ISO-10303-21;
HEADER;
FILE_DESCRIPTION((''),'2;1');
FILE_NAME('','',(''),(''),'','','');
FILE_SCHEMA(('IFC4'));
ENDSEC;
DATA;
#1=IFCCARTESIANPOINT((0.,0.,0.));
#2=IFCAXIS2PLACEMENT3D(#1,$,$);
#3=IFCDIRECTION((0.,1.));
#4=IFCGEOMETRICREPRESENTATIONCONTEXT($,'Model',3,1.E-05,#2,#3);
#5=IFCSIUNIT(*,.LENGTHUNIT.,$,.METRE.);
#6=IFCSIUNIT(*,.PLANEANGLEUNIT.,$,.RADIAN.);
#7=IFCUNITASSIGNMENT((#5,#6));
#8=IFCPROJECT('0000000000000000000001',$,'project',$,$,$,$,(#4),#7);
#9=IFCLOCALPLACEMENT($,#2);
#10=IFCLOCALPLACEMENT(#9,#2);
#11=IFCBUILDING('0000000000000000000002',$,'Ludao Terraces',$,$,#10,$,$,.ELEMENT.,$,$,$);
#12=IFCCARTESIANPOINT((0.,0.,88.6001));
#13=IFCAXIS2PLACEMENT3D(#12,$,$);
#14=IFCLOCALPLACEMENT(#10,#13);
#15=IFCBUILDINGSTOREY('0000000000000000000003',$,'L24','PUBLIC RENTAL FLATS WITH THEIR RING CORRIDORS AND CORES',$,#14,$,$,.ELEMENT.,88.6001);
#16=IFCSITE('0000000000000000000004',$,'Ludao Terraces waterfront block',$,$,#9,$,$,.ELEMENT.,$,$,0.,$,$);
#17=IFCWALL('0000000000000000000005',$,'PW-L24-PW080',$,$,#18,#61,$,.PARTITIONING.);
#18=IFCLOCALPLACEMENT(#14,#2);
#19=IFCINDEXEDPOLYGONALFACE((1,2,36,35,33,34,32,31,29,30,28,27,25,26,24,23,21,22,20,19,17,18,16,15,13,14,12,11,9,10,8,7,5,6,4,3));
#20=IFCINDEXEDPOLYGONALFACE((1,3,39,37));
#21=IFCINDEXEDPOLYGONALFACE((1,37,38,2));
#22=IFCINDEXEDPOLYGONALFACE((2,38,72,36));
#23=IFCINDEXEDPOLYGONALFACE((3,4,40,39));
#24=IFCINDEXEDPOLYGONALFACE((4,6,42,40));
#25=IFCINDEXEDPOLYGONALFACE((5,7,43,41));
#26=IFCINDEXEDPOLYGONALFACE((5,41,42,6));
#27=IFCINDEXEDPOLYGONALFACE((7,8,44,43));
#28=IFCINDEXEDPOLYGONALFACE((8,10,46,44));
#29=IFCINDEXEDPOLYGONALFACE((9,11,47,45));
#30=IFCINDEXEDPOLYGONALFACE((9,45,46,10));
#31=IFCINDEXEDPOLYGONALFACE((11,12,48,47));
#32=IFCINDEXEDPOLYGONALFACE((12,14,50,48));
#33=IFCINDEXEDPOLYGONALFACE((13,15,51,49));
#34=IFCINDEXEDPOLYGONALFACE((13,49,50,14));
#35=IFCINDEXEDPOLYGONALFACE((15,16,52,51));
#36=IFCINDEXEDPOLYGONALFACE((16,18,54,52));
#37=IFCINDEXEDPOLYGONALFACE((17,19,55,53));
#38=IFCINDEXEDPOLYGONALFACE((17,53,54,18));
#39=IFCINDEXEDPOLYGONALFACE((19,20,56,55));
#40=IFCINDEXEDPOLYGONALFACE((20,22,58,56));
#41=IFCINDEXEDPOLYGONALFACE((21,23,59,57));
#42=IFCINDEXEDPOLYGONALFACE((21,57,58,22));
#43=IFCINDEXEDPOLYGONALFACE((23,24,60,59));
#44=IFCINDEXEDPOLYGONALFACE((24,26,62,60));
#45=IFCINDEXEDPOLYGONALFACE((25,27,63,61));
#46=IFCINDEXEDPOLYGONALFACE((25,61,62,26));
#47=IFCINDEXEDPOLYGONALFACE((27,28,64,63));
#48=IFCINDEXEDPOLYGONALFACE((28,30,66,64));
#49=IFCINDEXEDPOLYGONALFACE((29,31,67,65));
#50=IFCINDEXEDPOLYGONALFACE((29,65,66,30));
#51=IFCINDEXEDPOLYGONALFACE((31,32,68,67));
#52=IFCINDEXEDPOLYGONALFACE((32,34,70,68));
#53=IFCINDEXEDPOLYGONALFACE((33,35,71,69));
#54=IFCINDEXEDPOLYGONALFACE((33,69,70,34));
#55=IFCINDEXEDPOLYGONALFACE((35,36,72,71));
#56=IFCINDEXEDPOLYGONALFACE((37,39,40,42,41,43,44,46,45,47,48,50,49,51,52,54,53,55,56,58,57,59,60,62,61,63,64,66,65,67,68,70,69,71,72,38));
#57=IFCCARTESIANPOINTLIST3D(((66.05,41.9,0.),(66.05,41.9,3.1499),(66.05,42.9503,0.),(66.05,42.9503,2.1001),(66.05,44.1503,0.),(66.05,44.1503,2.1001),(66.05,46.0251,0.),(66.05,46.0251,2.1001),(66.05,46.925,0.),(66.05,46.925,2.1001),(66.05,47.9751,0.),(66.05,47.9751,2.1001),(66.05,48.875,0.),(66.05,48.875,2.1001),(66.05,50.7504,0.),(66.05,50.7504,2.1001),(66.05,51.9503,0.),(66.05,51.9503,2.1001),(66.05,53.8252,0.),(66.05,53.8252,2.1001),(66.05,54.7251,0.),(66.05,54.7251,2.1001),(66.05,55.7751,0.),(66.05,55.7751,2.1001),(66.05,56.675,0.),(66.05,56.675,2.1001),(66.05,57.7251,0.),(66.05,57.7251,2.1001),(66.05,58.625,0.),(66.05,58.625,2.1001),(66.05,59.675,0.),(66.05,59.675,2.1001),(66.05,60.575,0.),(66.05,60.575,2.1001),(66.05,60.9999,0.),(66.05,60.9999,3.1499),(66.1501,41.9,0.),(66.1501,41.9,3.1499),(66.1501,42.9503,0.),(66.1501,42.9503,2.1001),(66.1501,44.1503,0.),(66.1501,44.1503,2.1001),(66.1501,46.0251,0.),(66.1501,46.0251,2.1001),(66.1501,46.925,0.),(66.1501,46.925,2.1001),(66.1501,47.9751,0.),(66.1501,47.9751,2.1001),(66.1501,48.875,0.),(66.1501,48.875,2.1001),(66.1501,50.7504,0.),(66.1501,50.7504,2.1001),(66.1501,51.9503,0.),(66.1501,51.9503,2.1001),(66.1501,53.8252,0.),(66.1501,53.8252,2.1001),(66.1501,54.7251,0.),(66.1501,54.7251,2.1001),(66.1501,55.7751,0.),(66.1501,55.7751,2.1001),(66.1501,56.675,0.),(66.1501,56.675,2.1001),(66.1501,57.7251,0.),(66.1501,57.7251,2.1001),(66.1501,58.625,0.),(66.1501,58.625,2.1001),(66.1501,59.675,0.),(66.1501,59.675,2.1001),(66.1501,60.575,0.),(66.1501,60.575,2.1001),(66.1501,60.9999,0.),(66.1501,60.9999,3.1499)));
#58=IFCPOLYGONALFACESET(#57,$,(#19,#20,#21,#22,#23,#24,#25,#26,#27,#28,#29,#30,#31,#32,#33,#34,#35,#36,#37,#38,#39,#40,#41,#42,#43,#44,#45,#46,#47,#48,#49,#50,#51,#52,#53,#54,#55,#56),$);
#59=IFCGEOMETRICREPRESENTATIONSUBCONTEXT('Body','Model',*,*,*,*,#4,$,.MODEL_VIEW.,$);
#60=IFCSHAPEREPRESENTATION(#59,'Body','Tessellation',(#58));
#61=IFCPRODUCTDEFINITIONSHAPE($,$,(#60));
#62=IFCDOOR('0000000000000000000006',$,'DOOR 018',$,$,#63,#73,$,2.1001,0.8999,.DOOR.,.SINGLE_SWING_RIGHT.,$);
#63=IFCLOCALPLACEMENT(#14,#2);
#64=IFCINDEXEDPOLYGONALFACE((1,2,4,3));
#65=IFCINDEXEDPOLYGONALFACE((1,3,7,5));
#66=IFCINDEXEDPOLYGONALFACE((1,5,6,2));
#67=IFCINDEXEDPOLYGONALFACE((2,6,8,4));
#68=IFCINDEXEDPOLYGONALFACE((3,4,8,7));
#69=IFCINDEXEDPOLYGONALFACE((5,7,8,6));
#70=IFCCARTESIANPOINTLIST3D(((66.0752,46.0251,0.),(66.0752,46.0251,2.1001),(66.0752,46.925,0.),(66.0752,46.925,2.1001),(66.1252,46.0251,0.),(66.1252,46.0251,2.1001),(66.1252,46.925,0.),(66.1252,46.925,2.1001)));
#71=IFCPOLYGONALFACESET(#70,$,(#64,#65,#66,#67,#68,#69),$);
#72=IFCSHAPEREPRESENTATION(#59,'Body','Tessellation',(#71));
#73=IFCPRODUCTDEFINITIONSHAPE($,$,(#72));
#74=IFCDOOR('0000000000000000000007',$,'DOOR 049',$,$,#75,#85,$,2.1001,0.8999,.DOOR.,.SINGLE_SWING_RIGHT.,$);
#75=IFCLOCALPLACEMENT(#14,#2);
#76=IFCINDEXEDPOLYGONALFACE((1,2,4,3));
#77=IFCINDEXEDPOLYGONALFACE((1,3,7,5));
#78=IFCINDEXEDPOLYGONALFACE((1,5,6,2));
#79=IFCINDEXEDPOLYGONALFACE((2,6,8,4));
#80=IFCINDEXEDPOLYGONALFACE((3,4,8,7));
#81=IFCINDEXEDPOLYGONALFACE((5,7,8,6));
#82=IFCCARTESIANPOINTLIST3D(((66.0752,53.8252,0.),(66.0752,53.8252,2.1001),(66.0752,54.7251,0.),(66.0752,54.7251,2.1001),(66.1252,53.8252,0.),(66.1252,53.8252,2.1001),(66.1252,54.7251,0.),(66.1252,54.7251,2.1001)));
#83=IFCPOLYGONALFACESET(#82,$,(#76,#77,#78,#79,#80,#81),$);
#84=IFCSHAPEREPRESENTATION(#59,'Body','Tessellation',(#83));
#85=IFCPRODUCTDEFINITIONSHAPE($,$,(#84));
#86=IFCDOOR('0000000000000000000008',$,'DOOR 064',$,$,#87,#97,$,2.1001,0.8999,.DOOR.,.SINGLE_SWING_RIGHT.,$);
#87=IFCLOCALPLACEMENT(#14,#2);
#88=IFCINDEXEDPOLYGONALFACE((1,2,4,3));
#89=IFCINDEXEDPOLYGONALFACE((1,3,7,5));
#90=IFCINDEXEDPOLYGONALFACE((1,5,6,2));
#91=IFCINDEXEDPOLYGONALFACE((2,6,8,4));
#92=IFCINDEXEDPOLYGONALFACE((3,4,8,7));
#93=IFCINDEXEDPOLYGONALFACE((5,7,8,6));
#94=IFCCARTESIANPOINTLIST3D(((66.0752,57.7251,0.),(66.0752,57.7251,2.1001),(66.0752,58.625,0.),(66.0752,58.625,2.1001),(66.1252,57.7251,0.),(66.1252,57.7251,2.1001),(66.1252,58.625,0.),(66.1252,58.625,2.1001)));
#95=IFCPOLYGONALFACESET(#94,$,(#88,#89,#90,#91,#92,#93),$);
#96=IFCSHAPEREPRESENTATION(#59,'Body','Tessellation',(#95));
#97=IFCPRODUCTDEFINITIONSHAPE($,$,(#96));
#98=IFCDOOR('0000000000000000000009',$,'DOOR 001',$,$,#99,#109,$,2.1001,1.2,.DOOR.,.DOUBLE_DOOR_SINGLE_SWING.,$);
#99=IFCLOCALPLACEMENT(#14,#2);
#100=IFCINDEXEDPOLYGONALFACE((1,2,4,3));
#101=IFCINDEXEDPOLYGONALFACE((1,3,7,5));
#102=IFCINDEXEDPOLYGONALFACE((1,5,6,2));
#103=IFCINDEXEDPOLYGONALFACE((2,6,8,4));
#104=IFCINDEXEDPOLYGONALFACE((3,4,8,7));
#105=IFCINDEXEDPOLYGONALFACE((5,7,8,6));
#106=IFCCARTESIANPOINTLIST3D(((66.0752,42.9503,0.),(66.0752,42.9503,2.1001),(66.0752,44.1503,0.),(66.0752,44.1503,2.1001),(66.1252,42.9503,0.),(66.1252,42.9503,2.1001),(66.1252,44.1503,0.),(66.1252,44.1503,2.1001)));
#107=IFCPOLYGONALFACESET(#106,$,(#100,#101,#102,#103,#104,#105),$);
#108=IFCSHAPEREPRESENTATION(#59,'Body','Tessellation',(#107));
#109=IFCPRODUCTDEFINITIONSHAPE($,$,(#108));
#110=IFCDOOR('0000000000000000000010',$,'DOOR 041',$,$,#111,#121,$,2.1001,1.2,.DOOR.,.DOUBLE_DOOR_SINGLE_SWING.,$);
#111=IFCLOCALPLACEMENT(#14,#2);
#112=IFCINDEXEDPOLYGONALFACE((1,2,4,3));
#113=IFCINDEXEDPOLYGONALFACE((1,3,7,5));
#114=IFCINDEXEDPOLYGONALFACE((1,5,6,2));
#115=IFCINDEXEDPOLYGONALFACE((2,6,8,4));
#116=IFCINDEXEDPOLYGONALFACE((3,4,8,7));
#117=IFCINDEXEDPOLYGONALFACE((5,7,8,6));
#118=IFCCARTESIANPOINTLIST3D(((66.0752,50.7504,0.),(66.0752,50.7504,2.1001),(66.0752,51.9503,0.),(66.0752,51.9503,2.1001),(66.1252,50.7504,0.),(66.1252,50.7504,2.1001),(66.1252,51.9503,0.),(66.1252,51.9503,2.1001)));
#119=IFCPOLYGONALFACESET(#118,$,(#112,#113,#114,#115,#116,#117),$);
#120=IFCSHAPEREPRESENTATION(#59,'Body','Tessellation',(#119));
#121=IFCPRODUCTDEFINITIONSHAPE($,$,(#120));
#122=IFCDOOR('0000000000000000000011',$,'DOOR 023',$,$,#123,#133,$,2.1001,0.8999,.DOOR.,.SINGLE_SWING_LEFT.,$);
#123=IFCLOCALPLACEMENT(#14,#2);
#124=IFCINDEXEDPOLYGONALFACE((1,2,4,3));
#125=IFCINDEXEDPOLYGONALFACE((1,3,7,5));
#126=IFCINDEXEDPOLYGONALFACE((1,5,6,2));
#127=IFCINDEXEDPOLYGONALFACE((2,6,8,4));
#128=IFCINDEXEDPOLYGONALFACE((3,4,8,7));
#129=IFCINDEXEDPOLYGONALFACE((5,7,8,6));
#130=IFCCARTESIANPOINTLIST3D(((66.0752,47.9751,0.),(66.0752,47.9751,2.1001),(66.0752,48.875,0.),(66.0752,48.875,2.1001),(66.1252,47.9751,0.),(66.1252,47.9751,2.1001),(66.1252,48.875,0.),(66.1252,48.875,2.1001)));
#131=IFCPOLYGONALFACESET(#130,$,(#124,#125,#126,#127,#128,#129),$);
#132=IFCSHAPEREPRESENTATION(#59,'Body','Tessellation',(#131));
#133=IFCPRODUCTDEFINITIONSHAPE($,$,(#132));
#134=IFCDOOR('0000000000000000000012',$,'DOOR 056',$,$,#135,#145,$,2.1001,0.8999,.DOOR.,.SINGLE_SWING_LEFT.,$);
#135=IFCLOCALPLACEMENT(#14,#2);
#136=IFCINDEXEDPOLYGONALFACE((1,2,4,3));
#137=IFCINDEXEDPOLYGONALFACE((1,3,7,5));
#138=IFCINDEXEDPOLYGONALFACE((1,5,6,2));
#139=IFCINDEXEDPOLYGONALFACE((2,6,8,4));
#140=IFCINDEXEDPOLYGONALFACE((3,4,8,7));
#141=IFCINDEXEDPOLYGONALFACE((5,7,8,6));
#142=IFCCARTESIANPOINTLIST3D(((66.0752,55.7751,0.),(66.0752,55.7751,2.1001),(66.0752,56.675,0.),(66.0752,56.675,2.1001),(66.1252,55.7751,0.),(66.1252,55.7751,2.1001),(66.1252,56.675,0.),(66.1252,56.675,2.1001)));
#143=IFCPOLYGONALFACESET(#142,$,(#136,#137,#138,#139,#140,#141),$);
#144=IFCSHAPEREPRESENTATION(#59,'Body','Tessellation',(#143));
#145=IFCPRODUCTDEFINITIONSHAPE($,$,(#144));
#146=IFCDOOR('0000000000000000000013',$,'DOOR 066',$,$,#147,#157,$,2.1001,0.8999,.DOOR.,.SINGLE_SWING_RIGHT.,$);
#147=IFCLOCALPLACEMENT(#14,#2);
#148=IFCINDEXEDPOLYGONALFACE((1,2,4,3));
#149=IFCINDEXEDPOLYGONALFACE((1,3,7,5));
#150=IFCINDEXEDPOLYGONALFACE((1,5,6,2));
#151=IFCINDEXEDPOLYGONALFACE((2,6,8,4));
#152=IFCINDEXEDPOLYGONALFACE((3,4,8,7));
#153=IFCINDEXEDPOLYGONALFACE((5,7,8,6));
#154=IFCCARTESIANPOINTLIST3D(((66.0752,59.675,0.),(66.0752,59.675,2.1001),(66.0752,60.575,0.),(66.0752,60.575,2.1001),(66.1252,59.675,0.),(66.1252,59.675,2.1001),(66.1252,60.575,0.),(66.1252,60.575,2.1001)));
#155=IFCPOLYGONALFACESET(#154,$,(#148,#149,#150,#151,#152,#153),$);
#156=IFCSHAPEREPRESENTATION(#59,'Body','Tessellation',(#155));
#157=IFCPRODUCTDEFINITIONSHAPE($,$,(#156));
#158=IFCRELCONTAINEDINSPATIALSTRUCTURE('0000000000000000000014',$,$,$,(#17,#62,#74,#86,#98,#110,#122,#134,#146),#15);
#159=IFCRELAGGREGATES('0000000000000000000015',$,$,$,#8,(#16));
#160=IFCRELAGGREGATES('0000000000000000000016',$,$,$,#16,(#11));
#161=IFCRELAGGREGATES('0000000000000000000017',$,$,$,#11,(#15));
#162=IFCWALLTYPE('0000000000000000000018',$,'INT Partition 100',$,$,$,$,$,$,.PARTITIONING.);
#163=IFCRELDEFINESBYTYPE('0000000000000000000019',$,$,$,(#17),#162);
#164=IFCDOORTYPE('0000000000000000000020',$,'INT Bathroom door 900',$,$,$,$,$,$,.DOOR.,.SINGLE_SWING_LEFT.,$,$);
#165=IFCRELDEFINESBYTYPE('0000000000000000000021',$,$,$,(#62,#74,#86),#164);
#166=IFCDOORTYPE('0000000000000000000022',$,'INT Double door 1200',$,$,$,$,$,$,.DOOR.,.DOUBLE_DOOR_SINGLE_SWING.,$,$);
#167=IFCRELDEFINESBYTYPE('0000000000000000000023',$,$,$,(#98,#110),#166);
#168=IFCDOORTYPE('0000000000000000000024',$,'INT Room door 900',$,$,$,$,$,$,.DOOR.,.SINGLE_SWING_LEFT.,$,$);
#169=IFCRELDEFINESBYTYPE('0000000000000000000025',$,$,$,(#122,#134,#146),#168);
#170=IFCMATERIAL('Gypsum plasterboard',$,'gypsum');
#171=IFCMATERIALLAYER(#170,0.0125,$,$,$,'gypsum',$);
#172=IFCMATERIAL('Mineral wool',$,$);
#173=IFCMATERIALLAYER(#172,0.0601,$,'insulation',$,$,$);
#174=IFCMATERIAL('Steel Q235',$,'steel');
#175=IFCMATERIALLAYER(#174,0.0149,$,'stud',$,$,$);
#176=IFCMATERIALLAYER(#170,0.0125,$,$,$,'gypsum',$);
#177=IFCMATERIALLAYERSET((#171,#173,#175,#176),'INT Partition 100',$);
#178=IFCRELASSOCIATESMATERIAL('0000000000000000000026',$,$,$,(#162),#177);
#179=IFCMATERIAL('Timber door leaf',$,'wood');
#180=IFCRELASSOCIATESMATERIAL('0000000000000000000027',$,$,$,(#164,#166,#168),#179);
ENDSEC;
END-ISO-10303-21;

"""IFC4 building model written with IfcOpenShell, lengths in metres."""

from ifc_helpers import new_model, si_unit, direction, frame, frame_2d, origin, place, context, subcontext, project, spatial, rectangle, extrude, material, layer, layer_set, type_object, element, fill, save


model = new_model("IFC4")

# Units and contexts
model_context = context("Model", 3, precision=1e-05, world=origin(), true_north=direction((0.0, 1.0)))
body_context = subcontext(model_context, "Body", "Model", "MODEL_VIEW")
ifc_project = project(units=[si_unit("LENGTHUNIT", "METRE"), si_unit("PLANEANGLEUNIT", "RADIAN")], contexts=[model_context])

# Site, building, storey
site_placement = place(None, origin())
site = spatial("IfcSite", under=ifc_project, at=site_placement, Name="Ludao Terraces waterfront block", CompositionType="ELEMENT", RefElevation=0.0)
building_placement = place(site_placement, origin())
building = spatial("IfcBuilding", under=site, at=building_placement, Name="Ludao Terraces", CompositionType="ELEMENT")
storey_placement = place(building_placement, frame((0.0, 0.0, 88.6001)))
storey = spatial("IfcBuildingStorey", under=building, at=storey_placement, Name="L24", Description="PUBLIC RENTAL FLATS WITH THEIR RING CORRIDORS AND CORES", CompositionType="ELEMENT", Elevation=88.6001)

# Shared definitions
ifc_material_1 = material(Name="Mineral wool")

# Wall, openings, doors
ifc_material_2 = material(Name="Gypsum plasterboard", Category="gypsum")
ifc_layer_1 = layer(ifc_material_2, 0.0125, Category="gypsum")
ifc_layer_2 = layer(ifc_material_1, 0.0601, Name="insulation")
ifc_material_3 = material(Name="Steel Q235", Category="steel")
ifc_layer_3 = layer(ifc_material_3, 0.0149, Name="stud")
ifc_layer_4 = layer(ifc_material_2, 0.0125, Category="gypsum")
ifc_layer_set_1 = layer_set([ifc_layer_1, ifc_layer_2, ifc_layer_3, ifc_layer_4], Name="INT Partition 100")
wall_type_1 = type_object("IfcWallType", Name="INT Partition 100", PredefinedType="PARTITIONING", material=ifc_layer_set_1)
wall_1_placement = place(storey_placement, frame((66.1001, 41.9001, 0.0), z_axis=(0.0, 0.0, 1.0), x_axis=(0.0, 1.0, 0.0)))
wall_1 = element("IfcWall", 1, at=wall_1_placement, inside=storey, type_object=wall_type_1, Name="PW-L24-PW080", PredefinedType="PARTITIONING", context=body_context, shape_type="SweptSolid", body=[
    extrude(rectangle(XDim=19.0999, YDim=0.1001, at=frame_2d((9.5498, 0.0))), origin(), (0.0, 0.0, 1.0), 3.1499),
])
opening_1_placement = place(wall_1_placement, frame((1.05, 0.0, 0.0)))
opening_1 = element("IfcOpeningElement", 2, at=opening_1_placement, cuts=wall_1, PredefinedType="OPENING", context=body_context, shape_type="SweptSolid", body=[
    extrude(rectangle(XDim=1.2, YDim=2.1001, at=frame_2d((0.6001, 1.05))), frame((0.0, 0.0601, 0.0), z_axis=(0.0, -1.0, 0.0), x_axis=(1.0, 0.0, 0.0)), (0.0, 0.0, 1.0), 0.1201),
])
opening_2_placement = place(wall_1_placement, frame((4.125, 0.0, 0.0)))
opening_2 = element("IfcOpeningElement", 3, at=opening_2_placement, cuts=wall_1, PredefinedType="OPENING", context=body_context, shape_type="SweptSolid", body=[
    extrude(rectangle(XDim=0.8999, YDim=2.1001, at=frame_2d((0.45, 1.05))), frame((0.0, 0.0601, 0.0), z_axis=(0.0, -1.0, 0.0), x_axis=(1.0, 0.0, 0.0)), (0.0, 0.0, 1.0), 0.1201),
])
opening_3_placement = place(wall_1_placement, frame((6.075, 0.0, 0.0)))
opening_3 = element("IfcOpeningElement", 4, at=opening_3_placement, cuts=wall_1, PredefinedType="OPENING", context=body_context, shape_type="SweptSolid", body=[
    extrude(rectangle(XDim=0.8999, YDim=2.1001, at=frame_2d((0.45, 1.05))), frame((0.0, 0.0601, 0.0), z_axis=(0.0, -1.0, 0.0), x_axis=(1.0, 0.0, 0.0)), (0.0, 0.0, 1.0), 0.1201),
])
opening_4_placement = place(wall_1_placement, frame((8.8501, 0.0, 0.0)))
opening_4 = element("IfcOpeningElement", 5, at=opening_4_placement, cuts=wall_1, PredefinedType="OPENING", context=body_context, shape_type="SweptSolid", body=[
    extrude(rectangle(XDim=1.2, YDim=2.1001, at=frame_2d((0.6001, 1.05))), frame((0.0, 0.0601, 0.0), z_axis=(0.0, -1.0, 0.0), x_axis=(1.0, 0.0, 0.0)), (0.0, 0.0, 1.0), 0.1201),
])
opening_5_placement = place(wall_1_placement, frame((11.925, 0.0, 0.0)))
opening_5 = element("IfcOpeningElement", 6, at=opening_5_placement, cuts=wall_1, PredefinedType="OPENING", context=body_context, shape_type="SweptSolid", body=[
    extrude(rectangle(XDim=0.8999, YDim=2.1001, at=frame_2d((0.45, 1.05))), frame((0.0, 0.0601, 0.0), z_axis=(0.0, -1.0, 0.0), x_axis=(1.0, 0.0, 0.0)), (0.0, 0.0, 1.0), 0.1201),
])
opening_6_placement = place(wall_1_placement, frame((13.875, 0.0, 0.0)))
opening_6 = element("IfcOpeningElement", 7, at=opening_6_placement, cuts=wall_1, PredefinedType="OPENING", context=body_context, shape_type="SweptSolid", body=[
    extrude(rectangle(XDim=0.8999, YDim=2.1001, at=frame_2d((0.45, 1.05))), frame((0.0, 0.0601, 0.0), z_axis=(0.0, -1.0, 0.0), x_axis=(1.0, 0.0, 0.0)), (0.0, 0.0, 1.0), 0.1201),
])
opening_7_placement = place(wall_1_placement, frame((15.825, 0.0, 0.0)))
opening_7 = element("IfcOpeningElement", 8, at=opening_7_placement, cuts=wall_1, PredefinedType="OPENING", context=body_context, shape_type="SweptSolid", body=[
    extrude(rectangle(XDim=0.8999, YDim=2.1001, at=frame_2d((0.45, 1.05))), frame((0.0, 0.0601, 0.0), z_axis=(0.0, -1.0, 0.0), x_axis=(1.0, 0.0, 0.0)), (0.0, 0.0, 1.0), 0.1201),
])
opening_8_placement = place(wall_1_placement, frame((17.7749, 0.0, 0.0)))
opening_8 = element("IfcOpeningElement", 9, at=opening_8_placement, cuts=wall_1, PredefinedType="OPENING", context=body_context, shape_type="SweptSolid", body=[
    extrude(rectangle(XDim=0.8999, YDim=2.1001, at=frame_2d((0.45, 1.05))), frame((0.0, 0.0601, 0.0), z_axis=(0.0, -1.0, 0.0), x_axis=(1.0, 0.0, 0.0)), (0.0, 0.0, 1.0), 0.1201),
])
ifc_material_4 = material(Name="Timber door leaf", Category="wood")
door_type_1 = type_object("IfcDoorType", Name="INT Bathroom door 900", OperationType="SINGLE_SWING_LEFT", PredefinedType="DOOR", material=ifc_material_4)
door_1_placement = place(opening_2_placement, origin())
door_1 = element("IfcDoor", 10, at=door_1_placement, inside=storey, type_object=door_type_1, Name="DOOR 018", OperationType="SINGLE_SWING_RIGHT", OverallHeight=2.1001, OverallWidth=0.8999, PredefinedType="DOOR", context=body_context, shape_type="SweptSolid", body=[
    extrude(rectangle(XDim=0.8999, YDim=2.1001, at=frame_2d((0.45, 1.05))), frame((0.0, 0.0249, 0.0), z_axis=(0.0, -1.0, 0.0), x_axis=(1.0, 0.0, 0.0)), (0.0, 0.0, 1.0), 0.05),
])
fill(opening_2, door_1)
door_2_placement = place(opening_5_placement, origin())
door_2 = element("IfcDoor", 11, at=door_2_placement, inside=storey, type_object=door_type_1, Name="DOOR 049", OperationType="SINGLE_SWING_RIGHT", OverallHeight=2.1001, OverallWidth=0.8999, PredefinedType="DOOR", context=body_context, shape_type="SweptSolid", body=[
    extrude(rectangle(XDim=0.8999, YDim=2.1001, at=frame_2d((0.45, 1.05))), frame((0.0, 0.0249, 0.0), z_axis=(0.0, -1.0, 0.0), x_axis=(1.0, 0.0, 0.0)), (0.0, 0.0, 1.0), 0.05),
])
fill(opening_5, door_2)
door_3_placement = place(opening_7_placement, origin())
door_3 = element("IfcDoor", 12, at=door_3_placement, inside=storey, type_object=door_type_1, Name="DOOR 064", OperationType="SINGLE_SWING_RIGHT", OverallHeight=2.1001, OverallWidth=0.8999, PredefinedType="DOOR", context=body_context, shape_type="SweptSolid", body=[
    extrude(rectangle(XDim=0.8999, YDim=2.1001, at=frame_2d((0.45, 1.05))), frame((0.0, 0.0249, 0.0), z_axis=(0.0, -1.0, 0.0), x_axis=(1.0, 0.0, 0.0)), (0.0, 0.0, 1.0), 0.05),
])
fill(opening_7, door_3)
door_type_2 = type_object("IfcDoorType", Name="INT Double door 1200", OperationType="DOUBLE_DOOR_SINGLE_SWING", PredefinedType="DOOR", material=ifc_material_4)
door_4_placement = place(opening_1_placement, origin())
door_4 = element("IfcDoor", 13, at=door_4_placement, inside=storey, type_object=door_type_2, Name="DOOR 001", OperationType="DOUBLE_DOOR_SINGLE_SWING", OverallHeight=2.1001, OverallWidth=1.2, PredefinedType="DOOR", context=body_context, shape_type="SweptSolid", body=[
    extrude(rectangle(XDim=1.2, YDim=2.1001, at=frame_2d((0.6001, 1.05))), frame((0.0, 0.0249, 0.0), z_axis=(0.0, -1.0, 0.0), x_axis=(1.0, 0.0, 0.0)), (0.0, 0.0, 1.0), 0.05),
])
fill(opening_1, door_4)
door_5_placement = place(opening_4_placement, origin())
door_5 = element("IfcDoor", 14, at=door_5_placement, inside=storey, type_object=door_type_2, Name="DOOR 041", OperationType="DOUBLE_DOOR_SINGLE_SWING", OverallHeight=2.1001, OverallWidth=1.2, PredefinedType="DOOR", context=body_context, shape_type="SweptSolid", body=[
    extrude(rectangle(XDim=1.2, YDim=2.1001, at=frame_2d((0.6001, 1.05))), frame((0.0, 0.0249, 0.0), z_axis=(0.0, -1.0, 0.0), x_axis=(1.0, 0.0, 0.0)), (0.0, 0.0, 1.0), 0.05),
])
fill(opening_4, door_5)
door_type_3 = type_object("IfcDoorType", Name="INT Room door 900", OperationType="SINGLE_SWING_LEFT", PredefinedType="DOOR", material=ifc_material_4)
door_6_placement = place(opening_3_placement, origin())
door_6 = element("IfcDoor", 15, at=door_6_placement, inside=storey, type_object=door_type_3, Name="DOOR 023", OperationType="SINGLE_SWING_LEFT", OverallHeight=2.1001, OverallWidth=0.8999, PredefinedType="DOOR", context=body_context, shape_type="SweptSolid", body=[
    extrude(rectangle(XDim=0.8999, YDim=2.1001, at=frame_2d((0.45, 1.05))), frame((0.0, 0.0249, 0.0), z_axis=(0.0, -1.0, 0.0), x_axis=(1.0, 0.0, 0.0)), (0.0, 0.0, 1.0), 0.05),
])
fill(opening_3, door_6)
door_7_placement = place(opening_6_placement, origin())
door_7 = element("IfcDoor", 16, at=door_7_placement, inside=storey, type_object=door_type_3, Name="DOOR 056", OperationType="SINGLE_SWING_LEFT", OverallHeight=2.1001, OverallWidth=0.8999, PredefinedType="DOOR", context=body_context, shape_type="SweptSolid", body=[
    extrude(rectangle(XDim=0.8999, YDim=2.1001, at=frame_2d((0.45, 1.05))), frame((0.0, 0.0249, 0.0), z_axis=(0.0, -1.0, 0.0), x_axis=(1.0, 0.0, 0.0)), (0.0, 0.0, 1.0), 0.05),
])
fill(opening_6, door_7)
door_8_placement = place(opening_8_placement, origin())
door_8 = element("IfcDoor", 17, at=door_8_placement, inside=storey, type_object=door_type_3, Name="DOOR 066", OperationType="SINGLE_SWING_RIGHT", OverallHeight=2.1001, OverallWidth=0.8999, PredefinedType="DOOR", context=body_context, shape_type="SweptSolid", body=[
    extrude(rectangle(XDim=0.8999, YDim=2.1001, at=frame_2d((0.45, 1.05))), frame((0.0, 0.0249, 0.0), z_axis=(0.0, -1.0, 0.0), x_axis=(1.0, 0.0, 0.0)), (0.0, 0.0, 1.0), 0.05),
])
fill(opening_8, door_8)

save(model, "model.ifc")
